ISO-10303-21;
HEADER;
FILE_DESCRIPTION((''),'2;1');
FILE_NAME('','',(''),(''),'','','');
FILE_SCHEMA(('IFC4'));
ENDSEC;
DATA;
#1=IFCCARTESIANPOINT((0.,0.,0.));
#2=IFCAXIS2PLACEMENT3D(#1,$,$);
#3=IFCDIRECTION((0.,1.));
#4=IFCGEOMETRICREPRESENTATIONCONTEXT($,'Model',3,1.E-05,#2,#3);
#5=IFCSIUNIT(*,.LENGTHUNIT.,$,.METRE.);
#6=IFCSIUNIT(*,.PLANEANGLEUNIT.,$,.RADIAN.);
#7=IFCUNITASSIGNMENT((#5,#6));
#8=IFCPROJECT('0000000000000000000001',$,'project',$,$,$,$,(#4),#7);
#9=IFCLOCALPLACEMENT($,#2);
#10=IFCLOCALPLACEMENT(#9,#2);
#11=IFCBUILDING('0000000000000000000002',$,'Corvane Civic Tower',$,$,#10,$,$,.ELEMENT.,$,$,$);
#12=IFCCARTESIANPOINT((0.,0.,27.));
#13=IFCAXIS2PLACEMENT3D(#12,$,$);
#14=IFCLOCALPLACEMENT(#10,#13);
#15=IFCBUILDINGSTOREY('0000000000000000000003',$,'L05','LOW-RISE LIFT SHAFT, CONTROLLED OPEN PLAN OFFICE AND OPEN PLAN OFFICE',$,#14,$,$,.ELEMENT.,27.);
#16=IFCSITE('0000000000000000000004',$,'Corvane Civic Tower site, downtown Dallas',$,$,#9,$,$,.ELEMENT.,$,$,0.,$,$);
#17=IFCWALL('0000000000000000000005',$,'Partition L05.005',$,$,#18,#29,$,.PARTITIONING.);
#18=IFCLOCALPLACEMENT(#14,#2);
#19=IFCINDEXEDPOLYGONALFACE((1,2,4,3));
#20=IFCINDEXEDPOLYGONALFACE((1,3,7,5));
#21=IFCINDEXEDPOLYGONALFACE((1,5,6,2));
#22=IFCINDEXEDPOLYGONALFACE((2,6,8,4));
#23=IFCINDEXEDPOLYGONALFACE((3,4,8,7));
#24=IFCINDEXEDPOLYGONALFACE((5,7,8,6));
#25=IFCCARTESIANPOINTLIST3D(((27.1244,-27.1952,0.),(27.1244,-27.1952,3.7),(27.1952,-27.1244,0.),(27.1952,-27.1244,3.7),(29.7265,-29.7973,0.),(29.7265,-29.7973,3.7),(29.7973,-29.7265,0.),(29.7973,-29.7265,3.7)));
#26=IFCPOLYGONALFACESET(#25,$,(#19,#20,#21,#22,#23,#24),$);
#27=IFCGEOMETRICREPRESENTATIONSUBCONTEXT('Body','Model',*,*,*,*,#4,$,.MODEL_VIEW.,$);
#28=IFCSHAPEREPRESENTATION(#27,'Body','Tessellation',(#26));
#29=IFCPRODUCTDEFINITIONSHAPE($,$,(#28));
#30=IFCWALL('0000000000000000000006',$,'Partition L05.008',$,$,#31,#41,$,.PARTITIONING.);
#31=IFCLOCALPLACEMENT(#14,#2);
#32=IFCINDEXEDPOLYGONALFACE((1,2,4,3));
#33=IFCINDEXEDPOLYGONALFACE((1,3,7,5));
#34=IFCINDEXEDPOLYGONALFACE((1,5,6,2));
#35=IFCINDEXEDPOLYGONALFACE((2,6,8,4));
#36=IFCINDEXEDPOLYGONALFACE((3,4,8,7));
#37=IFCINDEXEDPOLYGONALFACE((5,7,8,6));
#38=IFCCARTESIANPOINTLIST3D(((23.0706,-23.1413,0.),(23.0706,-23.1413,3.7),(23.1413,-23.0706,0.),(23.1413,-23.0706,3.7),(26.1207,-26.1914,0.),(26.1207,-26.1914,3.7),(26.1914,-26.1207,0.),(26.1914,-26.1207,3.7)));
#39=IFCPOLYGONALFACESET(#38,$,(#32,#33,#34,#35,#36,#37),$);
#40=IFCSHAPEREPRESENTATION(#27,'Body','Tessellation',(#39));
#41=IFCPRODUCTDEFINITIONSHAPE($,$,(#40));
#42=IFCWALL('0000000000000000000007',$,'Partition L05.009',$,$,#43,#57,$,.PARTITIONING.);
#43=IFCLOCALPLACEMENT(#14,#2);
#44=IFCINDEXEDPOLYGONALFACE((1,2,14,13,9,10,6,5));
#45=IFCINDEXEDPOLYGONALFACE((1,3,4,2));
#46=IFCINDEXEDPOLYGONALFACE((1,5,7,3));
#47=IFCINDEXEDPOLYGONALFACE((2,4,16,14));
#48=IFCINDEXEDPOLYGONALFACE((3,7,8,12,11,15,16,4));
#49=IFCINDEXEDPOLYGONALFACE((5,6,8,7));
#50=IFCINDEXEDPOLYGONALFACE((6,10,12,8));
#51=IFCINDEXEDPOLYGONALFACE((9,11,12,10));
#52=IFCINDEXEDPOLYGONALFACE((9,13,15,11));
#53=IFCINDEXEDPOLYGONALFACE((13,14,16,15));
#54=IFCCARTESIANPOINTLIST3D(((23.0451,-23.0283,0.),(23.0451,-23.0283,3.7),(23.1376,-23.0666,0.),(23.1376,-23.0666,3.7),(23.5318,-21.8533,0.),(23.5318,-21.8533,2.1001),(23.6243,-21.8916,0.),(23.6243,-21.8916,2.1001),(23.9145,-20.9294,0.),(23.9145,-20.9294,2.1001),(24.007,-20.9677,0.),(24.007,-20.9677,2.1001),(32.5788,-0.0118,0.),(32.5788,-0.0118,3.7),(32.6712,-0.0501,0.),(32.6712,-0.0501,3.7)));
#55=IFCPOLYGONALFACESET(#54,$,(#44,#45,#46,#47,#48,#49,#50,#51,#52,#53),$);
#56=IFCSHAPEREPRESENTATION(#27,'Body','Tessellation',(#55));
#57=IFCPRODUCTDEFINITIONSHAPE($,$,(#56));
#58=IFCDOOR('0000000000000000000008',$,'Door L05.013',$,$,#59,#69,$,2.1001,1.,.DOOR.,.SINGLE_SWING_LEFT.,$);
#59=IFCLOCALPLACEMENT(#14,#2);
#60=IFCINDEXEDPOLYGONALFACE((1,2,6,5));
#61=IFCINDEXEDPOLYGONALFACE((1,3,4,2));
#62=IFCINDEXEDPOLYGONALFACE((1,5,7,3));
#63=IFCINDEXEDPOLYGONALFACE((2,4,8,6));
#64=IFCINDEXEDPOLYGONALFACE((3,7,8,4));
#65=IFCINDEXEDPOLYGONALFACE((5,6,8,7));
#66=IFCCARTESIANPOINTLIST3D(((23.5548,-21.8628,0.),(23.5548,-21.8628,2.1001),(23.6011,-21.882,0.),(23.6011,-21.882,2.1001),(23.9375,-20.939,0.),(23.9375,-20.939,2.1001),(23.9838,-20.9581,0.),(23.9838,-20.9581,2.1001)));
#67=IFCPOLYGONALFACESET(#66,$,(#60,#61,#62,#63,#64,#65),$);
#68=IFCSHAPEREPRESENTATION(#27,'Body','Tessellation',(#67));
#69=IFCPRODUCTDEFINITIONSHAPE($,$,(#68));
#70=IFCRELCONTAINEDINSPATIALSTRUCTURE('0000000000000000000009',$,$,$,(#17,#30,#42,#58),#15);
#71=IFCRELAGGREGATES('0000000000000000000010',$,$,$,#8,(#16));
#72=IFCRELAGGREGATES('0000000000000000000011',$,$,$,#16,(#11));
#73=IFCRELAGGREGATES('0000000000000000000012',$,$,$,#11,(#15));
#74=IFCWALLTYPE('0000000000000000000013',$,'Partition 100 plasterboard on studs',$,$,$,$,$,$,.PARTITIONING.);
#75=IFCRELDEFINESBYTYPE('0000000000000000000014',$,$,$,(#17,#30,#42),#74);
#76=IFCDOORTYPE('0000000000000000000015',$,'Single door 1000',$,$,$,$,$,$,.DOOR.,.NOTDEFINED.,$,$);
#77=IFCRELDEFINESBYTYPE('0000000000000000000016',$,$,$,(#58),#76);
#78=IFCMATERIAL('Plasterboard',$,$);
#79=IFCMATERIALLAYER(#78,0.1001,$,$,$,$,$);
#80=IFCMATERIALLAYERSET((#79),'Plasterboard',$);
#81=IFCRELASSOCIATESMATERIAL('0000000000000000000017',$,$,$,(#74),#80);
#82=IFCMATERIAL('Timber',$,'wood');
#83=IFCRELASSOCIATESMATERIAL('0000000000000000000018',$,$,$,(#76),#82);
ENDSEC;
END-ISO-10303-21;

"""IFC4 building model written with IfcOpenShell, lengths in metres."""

from ifc_helpers import new_model, si_unit, direction, frame, frame_2d, origin, place, context, subcontext, project, spatial, rectangle, extrude, material, layer, layer_set, type_object, element, fill, save


model = new_model("IFC4")

# Units and contexts
model_context = context("Model", 3, precision=1e-05, world=origin(), true_north=direction((0.0, 1.0)))
body_context = subcontext(model_context, "Body", "Model", "MODEL_VIEW")
ifc_project = project(units=[si_unit("LENGTHUNIT", "METRE"), si_unit("PLANEANGLEUNIT", "RADIAN")], contexts=[model_context])

# Site, building, storey
site_placement = place(None, origin())
site = spatial("IfcSite", under=ifc_project, at=site_placement, Name="Corvane Civic Tower site, downtown Dallas", CompositionType="ELEMENT", RefElevation=0.0)
building_placement = place(site_placement, origin())
building = spatial("IfcBuilding", under=site, at=building_placement, Name="Corvane Civic Tower", CompositionType="ELEMENT")
storey_placement = place(building_placement, frame((0.0, 0.0, 27.0)))
storey = spatial("IfcBuildingStorey", under=building, at=storey_placement, Name="L05", Description="LOW-RISE LIFT SHAFT, CONTROLLED OPEN PLAN OFFICE AND OPEN PLAN OFFICE", CompositionType="ELEMENT", Elevation=27.0)

# Walls
ifc_material_1 = material(Name="Plasterboard")
ifc_layer_1 = layer(ifc_material_1, 0.1001)
ifc_layer_set_1 = layer_set([ifc_layer_1], Name="Plasterboard")
wall_type_1 = type_object("IfcWallType", Name="Partition 100 plasterboard on studs", PredefinedType="PARTITIONING", material=ifc_layer_set_1)
wall_1_placement = place(storey_placement, frame((27.1599, -27.1599, 0.0), z_axis=(0.0, 0.0, 1.0), x_axis=(0.707107, -0.707107, 0.0)))
element("IfcWall", 1, at=wall_1_placement, inside=storey, type_object=wall_type_1, Name="Partition L05.005", PredefinedType="PARTITIONING", context=body_context, shape_type="SweptSolid", body=[
    extrude(rectangle(XDim=3.6799, YDim=0.1001, at=frame_2d((1.8398, 0.0))), origin(), (0.0, 0.0, 1.0), 3.7),
])
wall_2_placement = place(storey_placement, frame((23.106, -23.106, 0.0), z_axis=(0.0, 0.0, 1.0), x_axis=(0.707107, -0.707107, 0.0)))
element("IfcWall", 2, at=wall_2_placement, inside=storey, type_object=wall_type_1, Name="Partition L05.008", PredefinedType="PARTITIONING", context=body_context, shape_type="SweptSolid", body=[
    extrude(rectangle(XDim=4.3135, YDim=0.1001, at=frame_2d((2.1567, 0.0))), origin(), (0.0, 0.0, 1.0), 3.7),
])

# Wall, opening, door
wall_3_placement = place(storey_placement, frame((23.0913, -23.0476, 0.0), z_axis=(0.0, 0.0, 1.0), x_axis=(0.38268, 0.923881, 0.0)))
wall_3 = element("IfcWall", 3, at=wall_3_placement, inside=storey, type_object=wall_type_1, Name="Partition L05.009", PredefinedType="PARTITIONING", context=body_context, shape_type="SweptSolid", body=[
    extrude(rectangle(XDim=24.9128, YDim=0.1001, at=frame_2d((12.4565, 0.0))), origin(), (0.0, 0.0, 1.0), 3.7),
])
opening_1_placement = place(wall_3_placement, frame((1.272, 0.0, 0.0)))
opening_1 = element("IfcOpeningElement", 4, at=opening_1_placement, cuts=wall_3, PredefinedType="OPENING", context=body_context, shape_type="SweptSolid", body=[
    extrude(rectangle(XDim=1.0, YDim=2.1001, at=frame_2d((0.5, 1.05))), frame((0.0, 0.0601, 0.0), z_axis=(0.0, -1.0, 0.0), x_axis=(1.0, 0.0, 0.0)), (0.0, 0.0, 1.0), 0.1201),
])
ifc_material_2 = material(Name="Timber", Category="wood")
door_type_1 = type_object("IfcDoorType", Name="Single door 1000", OperationType="NOTDEFINED", PredefinedType="DOOR", material=ifc_material_2)
door_1_placement = place(opening_1_placement, frame((1.0, 0.0, 0.0), z_axis=(0.0, 0.0, 1.0), x_axis=(-1.0, 0.0, 0.0)))
door_1 = element("IfcDoor", 5, at=door_1_placement, inside=storey, type_object=door_type_1, Name="Door L05.013", OperationType="SINGLE_SWING_LEFT", OverallHeight=2.1001, OverallWidth=1.0, PredefinedType="DOOR", context=body_context, shape_type="SweptSolid", body=[
    extrude(rectangle(XDim=1.0, YDim=2.1001, at=frame_2d((0.5, 1.05))), frame((0.0, 0.0249, 0.0), z_axis=(0.0, -1.0, 0.0), x_axis=(1.0, 0.0, 0.0)), (0.0, 0.0, 1.0), 0.05),
])
fill(opening_1, door_1)

save(model, "model.ifc")
